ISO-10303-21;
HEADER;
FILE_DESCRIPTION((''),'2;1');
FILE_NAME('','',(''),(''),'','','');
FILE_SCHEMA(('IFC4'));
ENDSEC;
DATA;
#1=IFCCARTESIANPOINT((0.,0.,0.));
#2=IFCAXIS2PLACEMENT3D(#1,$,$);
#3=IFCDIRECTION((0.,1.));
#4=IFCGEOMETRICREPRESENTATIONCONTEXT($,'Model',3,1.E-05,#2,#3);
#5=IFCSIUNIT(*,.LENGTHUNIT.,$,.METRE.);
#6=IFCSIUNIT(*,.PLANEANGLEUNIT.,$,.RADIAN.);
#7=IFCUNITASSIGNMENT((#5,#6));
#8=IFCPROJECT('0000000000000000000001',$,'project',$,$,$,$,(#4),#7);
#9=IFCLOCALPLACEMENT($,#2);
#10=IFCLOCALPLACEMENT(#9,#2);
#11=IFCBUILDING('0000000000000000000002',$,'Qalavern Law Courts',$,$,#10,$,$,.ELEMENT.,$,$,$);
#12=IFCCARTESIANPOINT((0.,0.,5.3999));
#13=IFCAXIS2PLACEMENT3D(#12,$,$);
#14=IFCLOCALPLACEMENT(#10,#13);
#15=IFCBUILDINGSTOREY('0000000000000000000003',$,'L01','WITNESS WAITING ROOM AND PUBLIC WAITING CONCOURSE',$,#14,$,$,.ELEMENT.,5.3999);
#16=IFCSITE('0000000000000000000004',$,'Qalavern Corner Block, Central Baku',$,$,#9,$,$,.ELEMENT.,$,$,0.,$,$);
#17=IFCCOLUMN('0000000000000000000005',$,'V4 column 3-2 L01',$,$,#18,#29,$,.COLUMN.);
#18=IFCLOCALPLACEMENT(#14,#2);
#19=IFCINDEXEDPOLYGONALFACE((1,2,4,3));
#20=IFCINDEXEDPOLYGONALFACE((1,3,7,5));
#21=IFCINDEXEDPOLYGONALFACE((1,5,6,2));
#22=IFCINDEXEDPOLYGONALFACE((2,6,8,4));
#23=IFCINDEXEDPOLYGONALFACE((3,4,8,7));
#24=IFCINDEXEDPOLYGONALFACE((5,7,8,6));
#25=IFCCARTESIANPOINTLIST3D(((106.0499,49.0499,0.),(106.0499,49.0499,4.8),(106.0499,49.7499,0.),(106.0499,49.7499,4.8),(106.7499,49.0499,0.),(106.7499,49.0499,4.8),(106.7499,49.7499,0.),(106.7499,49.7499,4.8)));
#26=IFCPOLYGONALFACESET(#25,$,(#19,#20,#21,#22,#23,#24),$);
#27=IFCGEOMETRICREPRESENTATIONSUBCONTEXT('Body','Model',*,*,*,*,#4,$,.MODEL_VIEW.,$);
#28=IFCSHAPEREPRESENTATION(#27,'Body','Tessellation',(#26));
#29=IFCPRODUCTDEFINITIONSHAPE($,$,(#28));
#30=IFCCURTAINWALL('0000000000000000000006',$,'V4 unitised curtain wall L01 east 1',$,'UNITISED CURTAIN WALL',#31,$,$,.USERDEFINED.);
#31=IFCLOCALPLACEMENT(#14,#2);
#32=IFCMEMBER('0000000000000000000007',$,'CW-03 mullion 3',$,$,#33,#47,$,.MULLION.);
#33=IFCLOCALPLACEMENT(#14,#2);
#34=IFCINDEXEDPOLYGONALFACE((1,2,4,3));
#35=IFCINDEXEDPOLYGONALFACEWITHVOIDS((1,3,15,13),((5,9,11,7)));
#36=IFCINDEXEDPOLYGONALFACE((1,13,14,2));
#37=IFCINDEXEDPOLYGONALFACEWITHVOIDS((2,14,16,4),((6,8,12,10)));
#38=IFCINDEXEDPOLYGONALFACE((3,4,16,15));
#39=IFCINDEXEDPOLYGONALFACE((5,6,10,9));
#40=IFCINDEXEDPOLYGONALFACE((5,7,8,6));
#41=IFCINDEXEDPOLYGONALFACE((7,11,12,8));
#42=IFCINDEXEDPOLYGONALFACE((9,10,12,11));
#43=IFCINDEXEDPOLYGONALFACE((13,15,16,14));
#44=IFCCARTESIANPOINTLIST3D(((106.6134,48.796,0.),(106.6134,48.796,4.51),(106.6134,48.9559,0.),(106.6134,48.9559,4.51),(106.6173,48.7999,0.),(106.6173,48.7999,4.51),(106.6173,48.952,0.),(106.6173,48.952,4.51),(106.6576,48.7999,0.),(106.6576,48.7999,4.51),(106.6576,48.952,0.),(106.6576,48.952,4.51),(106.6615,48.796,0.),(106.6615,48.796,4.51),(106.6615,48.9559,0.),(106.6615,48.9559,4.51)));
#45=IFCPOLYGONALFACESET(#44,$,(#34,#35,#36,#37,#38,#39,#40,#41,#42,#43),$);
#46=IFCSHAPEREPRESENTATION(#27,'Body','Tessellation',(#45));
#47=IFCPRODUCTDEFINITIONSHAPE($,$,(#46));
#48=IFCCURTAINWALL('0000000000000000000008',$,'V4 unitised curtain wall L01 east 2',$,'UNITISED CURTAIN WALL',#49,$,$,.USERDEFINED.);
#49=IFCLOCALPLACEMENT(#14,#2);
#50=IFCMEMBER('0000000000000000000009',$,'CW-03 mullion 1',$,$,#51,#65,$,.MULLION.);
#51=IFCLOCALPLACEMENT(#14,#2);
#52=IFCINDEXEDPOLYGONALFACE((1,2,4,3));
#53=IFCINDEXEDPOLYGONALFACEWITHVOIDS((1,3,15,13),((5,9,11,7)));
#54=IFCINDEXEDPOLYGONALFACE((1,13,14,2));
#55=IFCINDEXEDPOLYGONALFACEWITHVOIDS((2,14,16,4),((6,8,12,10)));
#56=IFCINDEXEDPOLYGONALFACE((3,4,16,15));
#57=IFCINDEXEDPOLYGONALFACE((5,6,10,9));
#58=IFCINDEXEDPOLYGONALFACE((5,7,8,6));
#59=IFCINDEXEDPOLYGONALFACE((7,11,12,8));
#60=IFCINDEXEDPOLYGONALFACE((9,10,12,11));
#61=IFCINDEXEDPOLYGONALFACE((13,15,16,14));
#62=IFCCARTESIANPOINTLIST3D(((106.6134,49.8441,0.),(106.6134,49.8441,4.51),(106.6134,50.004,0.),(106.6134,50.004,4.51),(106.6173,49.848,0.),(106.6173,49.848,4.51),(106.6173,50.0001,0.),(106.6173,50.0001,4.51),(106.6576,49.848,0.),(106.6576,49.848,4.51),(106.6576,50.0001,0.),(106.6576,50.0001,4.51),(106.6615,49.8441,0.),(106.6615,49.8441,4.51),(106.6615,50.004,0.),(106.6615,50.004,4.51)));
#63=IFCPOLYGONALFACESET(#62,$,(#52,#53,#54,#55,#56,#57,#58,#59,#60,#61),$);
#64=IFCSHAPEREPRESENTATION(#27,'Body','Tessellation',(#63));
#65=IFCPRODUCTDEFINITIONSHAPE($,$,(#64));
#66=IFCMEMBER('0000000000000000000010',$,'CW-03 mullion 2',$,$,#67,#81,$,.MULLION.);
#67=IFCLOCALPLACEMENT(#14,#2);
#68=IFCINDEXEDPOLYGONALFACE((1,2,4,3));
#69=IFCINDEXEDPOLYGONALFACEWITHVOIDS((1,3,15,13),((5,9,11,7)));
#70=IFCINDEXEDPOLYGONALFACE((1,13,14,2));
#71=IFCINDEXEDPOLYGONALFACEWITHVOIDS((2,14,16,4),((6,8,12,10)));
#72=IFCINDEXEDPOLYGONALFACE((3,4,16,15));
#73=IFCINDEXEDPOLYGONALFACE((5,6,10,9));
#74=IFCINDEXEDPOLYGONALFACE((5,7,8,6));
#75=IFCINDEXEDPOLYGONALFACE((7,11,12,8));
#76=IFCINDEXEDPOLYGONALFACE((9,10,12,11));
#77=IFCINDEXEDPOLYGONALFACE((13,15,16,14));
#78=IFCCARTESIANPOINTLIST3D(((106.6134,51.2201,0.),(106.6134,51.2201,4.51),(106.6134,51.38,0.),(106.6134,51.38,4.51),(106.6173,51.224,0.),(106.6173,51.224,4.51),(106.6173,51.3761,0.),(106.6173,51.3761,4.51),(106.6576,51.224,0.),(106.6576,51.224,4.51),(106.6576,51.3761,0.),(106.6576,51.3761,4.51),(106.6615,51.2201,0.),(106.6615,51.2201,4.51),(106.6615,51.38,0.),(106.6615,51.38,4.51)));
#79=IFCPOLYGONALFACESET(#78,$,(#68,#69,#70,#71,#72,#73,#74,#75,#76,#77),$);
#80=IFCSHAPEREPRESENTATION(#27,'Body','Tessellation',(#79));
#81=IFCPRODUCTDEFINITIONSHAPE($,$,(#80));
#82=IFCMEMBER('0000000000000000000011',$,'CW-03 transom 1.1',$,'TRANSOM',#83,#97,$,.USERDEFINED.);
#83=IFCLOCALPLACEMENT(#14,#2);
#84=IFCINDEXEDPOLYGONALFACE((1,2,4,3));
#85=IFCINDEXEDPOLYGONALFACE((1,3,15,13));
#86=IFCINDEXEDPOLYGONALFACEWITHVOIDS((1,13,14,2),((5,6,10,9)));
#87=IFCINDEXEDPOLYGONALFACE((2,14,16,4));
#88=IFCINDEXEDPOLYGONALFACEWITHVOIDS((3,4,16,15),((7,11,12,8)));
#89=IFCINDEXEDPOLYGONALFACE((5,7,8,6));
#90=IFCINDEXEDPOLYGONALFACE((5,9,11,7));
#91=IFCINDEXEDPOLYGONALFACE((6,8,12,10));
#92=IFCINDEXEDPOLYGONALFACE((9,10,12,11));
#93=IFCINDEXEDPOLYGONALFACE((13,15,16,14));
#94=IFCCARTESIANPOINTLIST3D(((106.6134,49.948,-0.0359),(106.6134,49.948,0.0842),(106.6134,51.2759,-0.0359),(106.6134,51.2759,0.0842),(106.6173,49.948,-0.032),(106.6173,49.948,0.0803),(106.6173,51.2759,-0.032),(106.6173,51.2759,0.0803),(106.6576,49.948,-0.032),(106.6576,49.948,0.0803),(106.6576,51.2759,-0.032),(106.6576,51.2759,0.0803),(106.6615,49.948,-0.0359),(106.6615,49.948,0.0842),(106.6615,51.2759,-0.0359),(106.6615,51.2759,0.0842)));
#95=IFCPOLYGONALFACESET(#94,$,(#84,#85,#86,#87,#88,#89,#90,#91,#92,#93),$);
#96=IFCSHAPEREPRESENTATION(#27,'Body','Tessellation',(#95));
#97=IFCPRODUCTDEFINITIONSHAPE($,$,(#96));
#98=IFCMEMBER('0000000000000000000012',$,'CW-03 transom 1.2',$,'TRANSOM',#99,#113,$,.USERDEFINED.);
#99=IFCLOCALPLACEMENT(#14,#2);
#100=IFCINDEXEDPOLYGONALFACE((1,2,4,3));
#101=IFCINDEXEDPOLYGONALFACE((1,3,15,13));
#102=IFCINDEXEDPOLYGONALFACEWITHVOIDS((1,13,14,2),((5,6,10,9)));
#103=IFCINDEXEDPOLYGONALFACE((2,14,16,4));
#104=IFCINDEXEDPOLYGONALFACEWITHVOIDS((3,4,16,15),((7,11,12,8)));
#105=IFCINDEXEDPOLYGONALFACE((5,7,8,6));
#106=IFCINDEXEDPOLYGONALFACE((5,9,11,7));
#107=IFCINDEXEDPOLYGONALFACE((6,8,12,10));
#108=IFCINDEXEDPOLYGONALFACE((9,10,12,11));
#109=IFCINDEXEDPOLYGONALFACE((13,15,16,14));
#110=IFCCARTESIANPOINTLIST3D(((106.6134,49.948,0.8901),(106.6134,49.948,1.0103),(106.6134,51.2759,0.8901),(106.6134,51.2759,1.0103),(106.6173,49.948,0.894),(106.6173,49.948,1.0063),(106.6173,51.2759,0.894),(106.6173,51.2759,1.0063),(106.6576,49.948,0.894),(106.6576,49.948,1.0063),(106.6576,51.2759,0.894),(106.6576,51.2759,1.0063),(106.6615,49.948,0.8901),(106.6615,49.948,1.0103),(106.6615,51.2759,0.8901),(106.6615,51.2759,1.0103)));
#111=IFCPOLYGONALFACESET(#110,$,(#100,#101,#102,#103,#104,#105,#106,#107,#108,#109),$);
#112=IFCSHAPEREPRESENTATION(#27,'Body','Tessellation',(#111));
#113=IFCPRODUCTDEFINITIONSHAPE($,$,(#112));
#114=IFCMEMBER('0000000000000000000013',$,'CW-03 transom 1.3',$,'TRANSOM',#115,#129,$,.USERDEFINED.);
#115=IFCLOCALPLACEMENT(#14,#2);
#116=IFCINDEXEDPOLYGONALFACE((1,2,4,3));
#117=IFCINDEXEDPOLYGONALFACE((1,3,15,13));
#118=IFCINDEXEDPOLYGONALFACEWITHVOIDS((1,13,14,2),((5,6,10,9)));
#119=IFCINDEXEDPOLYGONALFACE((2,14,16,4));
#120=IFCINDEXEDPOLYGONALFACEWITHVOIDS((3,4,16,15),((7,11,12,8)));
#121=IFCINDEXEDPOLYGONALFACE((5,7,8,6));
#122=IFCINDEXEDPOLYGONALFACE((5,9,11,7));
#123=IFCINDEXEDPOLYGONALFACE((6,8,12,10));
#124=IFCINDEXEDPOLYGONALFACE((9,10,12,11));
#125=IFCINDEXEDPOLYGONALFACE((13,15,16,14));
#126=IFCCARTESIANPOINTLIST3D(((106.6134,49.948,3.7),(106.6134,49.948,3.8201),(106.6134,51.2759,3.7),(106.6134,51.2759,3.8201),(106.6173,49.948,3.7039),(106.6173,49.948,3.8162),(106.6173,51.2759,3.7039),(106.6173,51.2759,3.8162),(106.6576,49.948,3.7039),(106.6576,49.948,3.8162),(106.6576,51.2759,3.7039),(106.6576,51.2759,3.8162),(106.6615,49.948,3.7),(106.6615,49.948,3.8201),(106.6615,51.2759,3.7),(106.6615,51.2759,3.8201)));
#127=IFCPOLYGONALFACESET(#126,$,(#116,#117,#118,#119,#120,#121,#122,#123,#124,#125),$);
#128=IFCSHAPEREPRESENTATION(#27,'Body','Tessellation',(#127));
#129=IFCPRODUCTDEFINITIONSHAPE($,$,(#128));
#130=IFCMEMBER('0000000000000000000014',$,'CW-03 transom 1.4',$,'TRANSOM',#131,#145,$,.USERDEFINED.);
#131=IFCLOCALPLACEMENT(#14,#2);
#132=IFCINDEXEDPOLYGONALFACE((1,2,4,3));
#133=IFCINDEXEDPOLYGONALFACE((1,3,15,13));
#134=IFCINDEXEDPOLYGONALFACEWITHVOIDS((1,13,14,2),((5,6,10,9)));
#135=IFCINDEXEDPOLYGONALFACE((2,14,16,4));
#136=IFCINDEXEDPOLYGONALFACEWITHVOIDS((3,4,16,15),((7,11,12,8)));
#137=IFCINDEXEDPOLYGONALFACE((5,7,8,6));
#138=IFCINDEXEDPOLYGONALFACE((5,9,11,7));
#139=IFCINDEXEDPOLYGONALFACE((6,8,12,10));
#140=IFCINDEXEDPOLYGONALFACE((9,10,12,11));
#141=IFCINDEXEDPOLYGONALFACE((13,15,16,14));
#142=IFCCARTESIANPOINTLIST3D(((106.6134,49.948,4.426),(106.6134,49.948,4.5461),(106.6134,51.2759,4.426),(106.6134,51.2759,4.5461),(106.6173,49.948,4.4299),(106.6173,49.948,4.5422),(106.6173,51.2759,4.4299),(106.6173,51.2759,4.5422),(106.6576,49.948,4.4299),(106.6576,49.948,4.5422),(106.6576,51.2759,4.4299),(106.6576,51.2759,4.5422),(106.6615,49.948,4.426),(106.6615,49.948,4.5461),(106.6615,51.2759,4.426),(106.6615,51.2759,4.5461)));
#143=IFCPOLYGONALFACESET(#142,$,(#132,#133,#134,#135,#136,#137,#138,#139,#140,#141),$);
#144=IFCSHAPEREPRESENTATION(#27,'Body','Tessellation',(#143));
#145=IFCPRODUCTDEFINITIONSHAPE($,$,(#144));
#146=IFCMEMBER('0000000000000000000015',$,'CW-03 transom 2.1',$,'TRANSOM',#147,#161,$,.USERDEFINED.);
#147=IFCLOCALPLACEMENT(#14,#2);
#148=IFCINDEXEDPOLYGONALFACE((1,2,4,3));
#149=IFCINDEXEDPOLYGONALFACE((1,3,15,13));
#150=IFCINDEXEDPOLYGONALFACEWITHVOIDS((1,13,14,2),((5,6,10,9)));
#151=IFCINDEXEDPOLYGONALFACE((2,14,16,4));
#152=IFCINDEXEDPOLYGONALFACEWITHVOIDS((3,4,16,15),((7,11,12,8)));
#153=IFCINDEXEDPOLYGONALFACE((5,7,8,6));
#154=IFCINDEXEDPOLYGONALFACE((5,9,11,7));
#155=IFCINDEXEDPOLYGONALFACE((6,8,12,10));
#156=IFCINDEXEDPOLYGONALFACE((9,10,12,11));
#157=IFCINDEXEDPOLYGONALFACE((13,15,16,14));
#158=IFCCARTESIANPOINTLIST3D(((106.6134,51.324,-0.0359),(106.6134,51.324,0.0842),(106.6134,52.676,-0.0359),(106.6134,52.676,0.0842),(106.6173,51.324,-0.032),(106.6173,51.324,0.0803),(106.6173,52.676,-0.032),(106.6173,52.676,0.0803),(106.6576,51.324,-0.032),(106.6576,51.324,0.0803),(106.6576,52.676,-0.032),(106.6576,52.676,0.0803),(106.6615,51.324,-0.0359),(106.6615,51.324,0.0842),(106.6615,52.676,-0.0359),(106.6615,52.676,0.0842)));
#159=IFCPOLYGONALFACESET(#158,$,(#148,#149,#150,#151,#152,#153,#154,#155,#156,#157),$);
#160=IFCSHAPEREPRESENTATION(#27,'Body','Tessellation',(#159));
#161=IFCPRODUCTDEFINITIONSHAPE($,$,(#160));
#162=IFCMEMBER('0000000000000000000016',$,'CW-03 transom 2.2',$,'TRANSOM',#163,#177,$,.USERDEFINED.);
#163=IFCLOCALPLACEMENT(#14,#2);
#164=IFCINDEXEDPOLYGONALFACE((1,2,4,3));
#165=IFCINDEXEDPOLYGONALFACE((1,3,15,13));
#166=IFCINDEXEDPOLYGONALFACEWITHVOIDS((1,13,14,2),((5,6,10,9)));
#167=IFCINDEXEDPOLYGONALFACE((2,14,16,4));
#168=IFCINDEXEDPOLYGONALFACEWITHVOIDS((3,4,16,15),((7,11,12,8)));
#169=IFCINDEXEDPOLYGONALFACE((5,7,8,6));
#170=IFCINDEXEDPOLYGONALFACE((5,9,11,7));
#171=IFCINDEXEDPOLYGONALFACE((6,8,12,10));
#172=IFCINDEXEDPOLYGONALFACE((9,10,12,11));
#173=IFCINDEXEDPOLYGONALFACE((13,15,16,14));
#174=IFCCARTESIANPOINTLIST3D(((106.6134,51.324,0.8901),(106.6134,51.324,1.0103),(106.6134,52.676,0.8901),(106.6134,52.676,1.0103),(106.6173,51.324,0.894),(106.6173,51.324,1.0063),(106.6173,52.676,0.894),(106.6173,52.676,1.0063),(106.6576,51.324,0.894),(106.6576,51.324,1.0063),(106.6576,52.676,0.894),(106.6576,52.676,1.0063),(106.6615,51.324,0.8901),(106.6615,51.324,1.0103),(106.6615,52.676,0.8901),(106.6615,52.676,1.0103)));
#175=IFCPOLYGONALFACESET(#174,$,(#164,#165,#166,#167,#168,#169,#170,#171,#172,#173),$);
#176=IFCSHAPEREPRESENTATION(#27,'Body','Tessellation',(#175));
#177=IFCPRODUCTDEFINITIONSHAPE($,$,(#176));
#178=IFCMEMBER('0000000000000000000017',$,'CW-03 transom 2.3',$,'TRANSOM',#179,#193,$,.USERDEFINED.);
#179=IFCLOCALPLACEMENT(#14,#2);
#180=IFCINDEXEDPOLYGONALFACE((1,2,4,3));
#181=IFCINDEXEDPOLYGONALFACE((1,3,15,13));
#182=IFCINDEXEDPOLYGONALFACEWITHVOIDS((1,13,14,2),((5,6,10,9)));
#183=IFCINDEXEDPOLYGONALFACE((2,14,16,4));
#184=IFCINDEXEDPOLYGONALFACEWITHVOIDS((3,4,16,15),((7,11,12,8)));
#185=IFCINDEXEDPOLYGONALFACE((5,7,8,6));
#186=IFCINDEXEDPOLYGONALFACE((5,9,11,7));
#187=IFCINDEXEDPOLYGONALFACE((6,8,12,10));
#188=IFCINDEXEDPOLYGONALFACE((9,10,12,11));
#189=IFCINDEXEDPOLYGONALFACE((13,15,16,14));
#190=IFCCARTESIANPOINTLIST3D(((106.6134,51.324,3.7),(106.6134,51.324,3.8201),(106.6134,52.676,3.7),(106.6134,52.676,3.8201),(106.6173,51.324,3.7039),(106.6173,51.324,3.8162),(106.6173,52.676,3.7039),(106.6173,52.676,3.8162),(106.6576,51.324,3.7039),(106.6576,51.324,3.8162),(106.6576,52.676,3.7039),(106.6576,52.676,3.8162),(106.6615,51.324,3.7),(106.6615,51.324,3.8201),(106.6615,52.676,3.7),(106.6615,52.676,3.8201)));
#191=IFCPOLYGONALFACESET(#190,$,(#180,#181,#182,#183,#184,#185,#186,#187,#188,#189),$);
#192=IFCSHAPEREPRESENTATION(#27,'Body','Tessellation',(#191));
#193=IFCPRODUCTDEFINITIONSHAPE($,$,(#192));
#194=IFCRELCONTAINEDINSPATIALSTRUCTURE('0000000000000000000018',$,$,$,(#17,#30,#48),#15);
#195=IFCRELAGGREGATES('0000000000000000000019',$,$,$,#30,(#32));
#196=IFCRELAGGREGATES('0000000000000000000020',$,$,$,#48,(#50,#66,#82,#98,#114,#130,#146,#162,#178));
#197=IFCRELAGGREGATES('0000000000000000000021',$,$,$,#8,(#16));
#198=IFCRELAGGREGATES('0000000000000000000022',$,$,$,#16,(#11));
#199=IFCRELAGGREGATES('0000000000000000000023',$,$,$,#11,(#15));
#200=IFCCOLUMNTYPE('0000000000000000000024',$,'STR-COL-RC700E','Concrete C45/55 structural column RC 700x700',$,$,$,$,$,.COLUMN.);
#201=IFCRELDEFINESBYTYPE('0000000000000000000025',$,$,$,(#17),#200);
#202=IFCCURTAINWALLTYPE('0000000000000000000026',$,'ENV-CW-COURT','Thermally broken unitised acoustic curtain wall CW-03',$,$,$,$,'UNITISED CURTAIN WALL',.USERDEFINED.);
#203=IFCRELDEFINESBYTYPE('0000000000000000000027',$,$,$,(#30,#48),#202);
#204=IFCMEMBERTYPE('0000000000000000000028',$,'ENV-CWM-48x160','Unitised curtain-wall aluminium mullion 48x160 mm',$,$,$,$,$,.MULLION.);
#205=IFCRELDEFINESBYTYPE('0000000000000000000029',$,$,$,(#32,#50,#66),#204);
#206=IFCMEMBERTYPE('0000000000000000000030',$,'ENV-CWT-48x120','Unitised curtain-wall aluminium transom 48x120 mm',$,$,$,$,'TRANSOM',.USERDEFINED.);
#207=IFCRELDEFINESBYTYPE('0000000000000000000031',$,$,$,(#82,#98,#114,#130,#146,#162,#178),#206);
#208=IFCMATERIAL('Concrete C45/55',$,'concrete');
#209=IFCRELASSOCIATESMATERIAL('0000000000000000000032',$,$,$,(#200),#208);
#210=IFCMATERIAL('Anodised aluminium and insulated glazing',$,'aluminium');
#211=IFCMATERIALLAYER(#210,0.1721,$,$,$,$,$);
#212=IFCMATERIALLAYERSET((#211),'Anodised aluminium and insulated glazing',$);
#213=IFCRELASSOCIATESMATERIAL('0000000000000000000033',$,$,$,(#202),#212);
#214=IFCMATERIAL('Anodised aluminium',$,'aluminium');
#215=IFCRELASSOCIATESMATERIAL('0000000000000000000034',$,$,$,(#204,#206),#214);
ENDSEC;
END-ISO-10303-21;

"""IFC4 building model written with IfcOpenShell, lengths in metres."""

from ifc_helpers import new_model, si_unit, direction, frame, origin, origin_2d, place, context, subcontext, project, spatial, rectangle, hollow_rectangle, extrude, material, layer, layer_set, material_profile, profile_set, type_object, element, aggregate, save


model = new_model("IFC4")

# Units and contexts
model_context = context("Model", 3, precision=1e-05, world=origin(), true_north=direction((0.0, 1.0)))
body_context = subcontext(model_context, "Body", "Model", "MODEL_VIEW")
ifc_project = project(units=[si_unit("LENGTHUNIT", "METRE"), si_unit("PLANEANGLEUNIT", "RADIAN")], contexts=[model_context])

# Site, building, storey
site_placement = place(None, origin())
site = spatial("IfcSite", under=ifc_project, at=site_placement, Name="Qalavern Corner Block, Central Baku", CompositionType="ELEMENT", RefElevation=0.0)
building_placement = place(site_placement, origin())
building = spatial("IfcBuilding", under=site, at=building_placement, Name="Qalavern Law Courts", CompositionType="ELEMENT")
storey_placement = place(building_placement, frame((0.0, 0.0, 5.3999)))
storey = spatial("IfcBuildingStorey", under=building, at=storey_placement, Name="L01", Description="WITNESS WAITING ROOM AND PUBLIC WAITING CONCOURSE", CompositionType="ELEMENT", Elevation=5.3999)

# Column
ifc_material_1 = material(Name="Concrete C45/55", Category="concrete")
ifc_material_profile_1 = material_profile(ifc_material_1, rectangle(XDim=0.7, YDim=0.7, at=origin_2d()), Name="RC 700x700")
ifc_profile_set_1 = profile_set([ifc_material_profile_1], Name="Concrete C45/55")
column_type = type_object("IfcColumnType", Name="STR-COL-RC700E", Description="Concrete C45/55 structural column RC 700x700", PredefinedType="COLUMN", material=ifc_profile_set_1)
column_placement = place(storey_placement, frame((106.3999, 49.3999, 0.0), z_axis=(0.0, 0.0, 1.0), x_axis=(1.0, 0.0, 0.0)))
element("IfcColumn", 1, at=column_placement, inside=storey, type_object=column_type, Name="V4 column 3-2 L01", PredefinedType="COLUMN", context=body_context, shape_type="SweptSolid", body=[
    extrude(rectangle(XDim=0.7, YDim=0.7, at=origin_2d()), origin(), (0.0, 0.0, 1.0), 4.8),
])

# Curtain wall, member
ifc_material_2 = material(Name="Anodised aluminium and insulated glazing", Category="aluminium")
ifc_layer_1 = layer(ifc_material_2, 0.1721)
ifc_layer_set_1 = layer_set([ifc_layer_1], Name="Anodised aluminium and insulated glazing")
curtain_wall_type = type_object("IfcCurtainWallType", Name="ENV-CW-COURT", Description="Thermally broken unitised acoustic curtain wall CW-03", ElementType="UNITISED CURTAIN WALL", PredefinedType="USERDEFINED", material=ifc_layer_set_1)
curtain_wall_1_placement = place(storey_placement, origin())
curtain_wall_1 = element("IfcCurtainWall", 2, at=curtain_wall_1_placement, inside=storey, type_object=curtain_wall_type, Name="V4 unitised curtain wall L01 east 1", ObjectType="UNITISED CURTAIN WALL", PredefinedType="USERDEFINED")
ifc_material_3 = material(Name="Anodised aluminium", Category="aluminium")
ifc_material_profile_2 = material_profile(ifc_material_3, hollow_rectangle(XDim=0.0481, YDim=0.1599, WallThickness=0.0039, at=origin_2d()), Name="ALU MULLION 48x160")
ifc_profile_set_2 = profile_set([ifc_material_profile_2], Name="Anodised aluminium")
member_type_1 = type_object("IfcMemberType", Name="ENV-CWM-48x160", Description="Unitised curtain-wall aluminium mullion 48x160 mm", PredefinedType="MULLION", material=ifc_profile_set_2)
member_1_placement = place(storey_placement, frame((106.6375, 48.876, 0.0), z_axis=(0.0, 0.0, 1.0), x_axis=(-1.0, 0.0, 0.0)))
member_1 = element("IfcMember", 3, at=member_1_placement, type_object=member_type_1, Name="CW-03 mullion 3", PredefinedType="MULLION", context=body_context, shape_type="SweptSolid", body=[
    extrude(hollow_rectangle(XDim=0.0481, YDim=0.1599, WallThickness=0.0039, at=origin_2d()), origin(), (0.0, 0.0, 1.0), 4.51),
])

# Curtain wall, members
curtain_wall_2_placement = place(storey_placement, origin())
curtain_wall_2 = element("IfcCurtainWall", 4, at=curtain_wall_2_placement, inside=storey, type_object=curtain_wall_type, Name="V4 unitised curtain wall L01 east 2", ObjectType="UNITISED CURTAIN WALL", PredefinedType="USERDEFINED")
member_2_placement = place(storey_placement, frame((106.6375, 49.9241, 0.0), z_axis=(0.0, 0.0, 1.0), x_axis=(-1.0, 0.0, 0.0)))
member_2 = element("IfcMember", 5, at=member_2_placement, type_object=member_type_1, Name="CW-03 mullion 1", PredefinedType="MULLION", context=body_context, shape_type="SweptSolid", body=[
    extrude(hollow_rectangle(XDim=0.0481, YDim=0.1599, WallThickness=0.0039, at=origin_2d()), origin(), (0.0, 0.0, 1.0), 4.51),
])
member_3_placement = place(storey_placement, frame((106.6375, 51.3, 0.0), z_axis=(0.0, 0.0, 1.0), x_axis=(-1.0, 0.0, 0.0)))
member_3 = element("IfcMember", 6, at=member_3_placement, type_object=member_type_1, Name="CW-03 mullion 2", PredefinedType="MULLION", context=body_context, shape_type="SweptSolid", body=[
    extrude(hollow_rectangle(XDim=0.0481, YDim=0.1599, WallThickness=0.0039, at=origin_2d()), origin(), (0.0, 0.0, 1.0), 4.51),
])
ifc_material_profile_3 = material_profile(ifc_material_3, hollow_rectangle(XDim=0.0481, YDim=0.1201, WallThickness=0.0039, at=origin_2d()), Name="ALU TRANSOM 48x120")
ifc_profile_set_3 = profile_set([ifc_material_profile_3], Name="Anodised aluminium")
member_type_2 = type_object("IfcMemberType", Name="ENV-CWT-48x120", Description="Unitised curtain-wall aluminium transom 48x120 mm", ElementType="TRANSOM", PredefinedType="USERDEFINED", material=ifc_profile_set_3)
member_4_placement = place(storey_placement, frame((106.6375, 49.948, 0.0242), z_axis=(0.0, 1.0, 0.0), x_axis=(-1.0, 0.0, 0.0)))
member_4 = element("IfcMember", 7, at=member_4_placement, type_object=member_type_2, Name="CW-03 transom 1.1", ObjectType="TRANSOM", PredefinedType="USERDEFINED", context=body_context, shape_type="SweptSolid", body=[
    extrude(hollow_rectangle(XDim=0.0481, YDim=0.1201, WallThickness=0.0039, at=origin_2d()), origin(), (0.0, 0.0, 1.0), 1.3279),
])
member_5_placement = place(storey_placement, frame((106.6375, 49.948, 0.9502), z_axis=(0.0, 1.0, 0.0), x_axis=(-1.0, 0.0, 0.0)))
member_5 = element("IfcMember", 8, at=member_5_placement, type_object=member_type_2, Name="CW-03 transom 1.2", ObjectType="TRANSOM", PredefinedType="USERDEFINED", context=body_context, shape_type="SweptSolid", body=[
    extrude(hollow_rectangle(XDim=0.0481, YDim=0.1201, WallThickness=0.0039, at=origin_2d()), origin(), (0.0, 0.0, 1.0), 1.3279),
])
member_6_placement = place(storey_placement, frame((106.6375, 49.948, 3.76), z_axis=(0.0, 1.0, 0.0), x_axis=(-1.0, 0.0, 0.0)))
member_6 = element("IfcMember", 9, at=member_6_placement, type_object=member_type_2, Name="CW-03 transom 1.3", ObjectType="TRANSOM", PredefinedType="USERDEFINED", context=body_context, shape_type="SweptSolid", body=[
    extrude(hollow_rectangle(XDim=0.0481, YDim=0.1201, WallThickness=0.0039, at=origin_2d()), origin(), (0.0, 0.0, 1.0), 1.3279),
])
member_7_placement = place(storey_placement, frame((106.6375, 49.948, 4.4861), z_axis=(0.0, 1.0, 0.0), x_axis=(-1.0, 0.0, 0.0)))
member_7 = element("IfcMember", 10, at=member_7_placement, type_object=member_type_2, Name="CW-03 transom 1.4", ObjectType="TRANSOM", PredefinedType="USERDEFINED", context=body_context, shape_type="SweptSolid", body=[
    extrude(hollow_rectangle(XDim=0.0481, YDim=0.1201, WallThickness=0.0039, at=origin_2d()), origin(), (0.0, 0.0, 1.0), 1.3279),
])
member_8_placement = place(storey_placement, frame((106.6375, 51.324, 0.0242), z_axis=(0.0, 1.0, 0.0), x_axis=(-1.0, 0.0, 0.0)))
member_8 = element("IfcMember", 11, at=member_8_placement, type_object=member_type_2, Name="CW-03 transom 2.1", ObjectType="TRANSOM", PredefinedType="USERDEFINED", context=body_context, shape_type="SweptSolid", body=[
    extrude(hollow_rectangle(XDim=0.0481, YDim=0.1201, WallThickness=0.0039, at=origin_2d()), origin(), (0.0, 0.0, 1.0), 1.3521),
])
member_9_placement = place(storey_placement, frame((106.6375, 51.324, 0.9502), z_axis=(0.0, 1.0, 0.0), x_axis=(-1.0, 0.0, 0.0)))
member_9 = element("IfcMember", 12, at=member_9_placement, type_object=member_type_2, Name="CW-03 transom 2.2", ObjectType="TRANSOM", PredefinedType="USERDEFINED", context=body_context, shape_type="SweptSolid", body=[
    extrude(hollow_rectangle(XDim=0.0481, YDim=0.1201, WallThickness=0.0039, at=origin_2d()), origin(), (0.0, 0.0, 1.0), 1.3521),
])
member_10_placement = place(storey_placement, frame((106.6375, 51.324, 3.76), z_axis=(0.0, 1.0, 0.0), x_axis=(-1.0, 0.0, 0.0)))
member_10 = element("IfcMember", 13, at=member_10_placement, type_object=member_type_2, Name="CW-03 transom 2.3", ObjectType="TRANSOM", PredefinedType="USERDEFINED", context=body_context, shape_type="SweptSolid", body=[
    extrude(hollow_rectangle(XDim=0.0481, YDim=0.1201, WallThickness=0.0039, at=origin_2d()), origin(), (0.0, 0.0, 1.0), 1.3521),
])

aggregate(curtain_wall_1, [member_1])
aggregate(curtain_wall_2, [member_2, member_3, member_4, member_5, member_6, member_7, member_8, member_9, member_10])

save(model, "model.ifc")
